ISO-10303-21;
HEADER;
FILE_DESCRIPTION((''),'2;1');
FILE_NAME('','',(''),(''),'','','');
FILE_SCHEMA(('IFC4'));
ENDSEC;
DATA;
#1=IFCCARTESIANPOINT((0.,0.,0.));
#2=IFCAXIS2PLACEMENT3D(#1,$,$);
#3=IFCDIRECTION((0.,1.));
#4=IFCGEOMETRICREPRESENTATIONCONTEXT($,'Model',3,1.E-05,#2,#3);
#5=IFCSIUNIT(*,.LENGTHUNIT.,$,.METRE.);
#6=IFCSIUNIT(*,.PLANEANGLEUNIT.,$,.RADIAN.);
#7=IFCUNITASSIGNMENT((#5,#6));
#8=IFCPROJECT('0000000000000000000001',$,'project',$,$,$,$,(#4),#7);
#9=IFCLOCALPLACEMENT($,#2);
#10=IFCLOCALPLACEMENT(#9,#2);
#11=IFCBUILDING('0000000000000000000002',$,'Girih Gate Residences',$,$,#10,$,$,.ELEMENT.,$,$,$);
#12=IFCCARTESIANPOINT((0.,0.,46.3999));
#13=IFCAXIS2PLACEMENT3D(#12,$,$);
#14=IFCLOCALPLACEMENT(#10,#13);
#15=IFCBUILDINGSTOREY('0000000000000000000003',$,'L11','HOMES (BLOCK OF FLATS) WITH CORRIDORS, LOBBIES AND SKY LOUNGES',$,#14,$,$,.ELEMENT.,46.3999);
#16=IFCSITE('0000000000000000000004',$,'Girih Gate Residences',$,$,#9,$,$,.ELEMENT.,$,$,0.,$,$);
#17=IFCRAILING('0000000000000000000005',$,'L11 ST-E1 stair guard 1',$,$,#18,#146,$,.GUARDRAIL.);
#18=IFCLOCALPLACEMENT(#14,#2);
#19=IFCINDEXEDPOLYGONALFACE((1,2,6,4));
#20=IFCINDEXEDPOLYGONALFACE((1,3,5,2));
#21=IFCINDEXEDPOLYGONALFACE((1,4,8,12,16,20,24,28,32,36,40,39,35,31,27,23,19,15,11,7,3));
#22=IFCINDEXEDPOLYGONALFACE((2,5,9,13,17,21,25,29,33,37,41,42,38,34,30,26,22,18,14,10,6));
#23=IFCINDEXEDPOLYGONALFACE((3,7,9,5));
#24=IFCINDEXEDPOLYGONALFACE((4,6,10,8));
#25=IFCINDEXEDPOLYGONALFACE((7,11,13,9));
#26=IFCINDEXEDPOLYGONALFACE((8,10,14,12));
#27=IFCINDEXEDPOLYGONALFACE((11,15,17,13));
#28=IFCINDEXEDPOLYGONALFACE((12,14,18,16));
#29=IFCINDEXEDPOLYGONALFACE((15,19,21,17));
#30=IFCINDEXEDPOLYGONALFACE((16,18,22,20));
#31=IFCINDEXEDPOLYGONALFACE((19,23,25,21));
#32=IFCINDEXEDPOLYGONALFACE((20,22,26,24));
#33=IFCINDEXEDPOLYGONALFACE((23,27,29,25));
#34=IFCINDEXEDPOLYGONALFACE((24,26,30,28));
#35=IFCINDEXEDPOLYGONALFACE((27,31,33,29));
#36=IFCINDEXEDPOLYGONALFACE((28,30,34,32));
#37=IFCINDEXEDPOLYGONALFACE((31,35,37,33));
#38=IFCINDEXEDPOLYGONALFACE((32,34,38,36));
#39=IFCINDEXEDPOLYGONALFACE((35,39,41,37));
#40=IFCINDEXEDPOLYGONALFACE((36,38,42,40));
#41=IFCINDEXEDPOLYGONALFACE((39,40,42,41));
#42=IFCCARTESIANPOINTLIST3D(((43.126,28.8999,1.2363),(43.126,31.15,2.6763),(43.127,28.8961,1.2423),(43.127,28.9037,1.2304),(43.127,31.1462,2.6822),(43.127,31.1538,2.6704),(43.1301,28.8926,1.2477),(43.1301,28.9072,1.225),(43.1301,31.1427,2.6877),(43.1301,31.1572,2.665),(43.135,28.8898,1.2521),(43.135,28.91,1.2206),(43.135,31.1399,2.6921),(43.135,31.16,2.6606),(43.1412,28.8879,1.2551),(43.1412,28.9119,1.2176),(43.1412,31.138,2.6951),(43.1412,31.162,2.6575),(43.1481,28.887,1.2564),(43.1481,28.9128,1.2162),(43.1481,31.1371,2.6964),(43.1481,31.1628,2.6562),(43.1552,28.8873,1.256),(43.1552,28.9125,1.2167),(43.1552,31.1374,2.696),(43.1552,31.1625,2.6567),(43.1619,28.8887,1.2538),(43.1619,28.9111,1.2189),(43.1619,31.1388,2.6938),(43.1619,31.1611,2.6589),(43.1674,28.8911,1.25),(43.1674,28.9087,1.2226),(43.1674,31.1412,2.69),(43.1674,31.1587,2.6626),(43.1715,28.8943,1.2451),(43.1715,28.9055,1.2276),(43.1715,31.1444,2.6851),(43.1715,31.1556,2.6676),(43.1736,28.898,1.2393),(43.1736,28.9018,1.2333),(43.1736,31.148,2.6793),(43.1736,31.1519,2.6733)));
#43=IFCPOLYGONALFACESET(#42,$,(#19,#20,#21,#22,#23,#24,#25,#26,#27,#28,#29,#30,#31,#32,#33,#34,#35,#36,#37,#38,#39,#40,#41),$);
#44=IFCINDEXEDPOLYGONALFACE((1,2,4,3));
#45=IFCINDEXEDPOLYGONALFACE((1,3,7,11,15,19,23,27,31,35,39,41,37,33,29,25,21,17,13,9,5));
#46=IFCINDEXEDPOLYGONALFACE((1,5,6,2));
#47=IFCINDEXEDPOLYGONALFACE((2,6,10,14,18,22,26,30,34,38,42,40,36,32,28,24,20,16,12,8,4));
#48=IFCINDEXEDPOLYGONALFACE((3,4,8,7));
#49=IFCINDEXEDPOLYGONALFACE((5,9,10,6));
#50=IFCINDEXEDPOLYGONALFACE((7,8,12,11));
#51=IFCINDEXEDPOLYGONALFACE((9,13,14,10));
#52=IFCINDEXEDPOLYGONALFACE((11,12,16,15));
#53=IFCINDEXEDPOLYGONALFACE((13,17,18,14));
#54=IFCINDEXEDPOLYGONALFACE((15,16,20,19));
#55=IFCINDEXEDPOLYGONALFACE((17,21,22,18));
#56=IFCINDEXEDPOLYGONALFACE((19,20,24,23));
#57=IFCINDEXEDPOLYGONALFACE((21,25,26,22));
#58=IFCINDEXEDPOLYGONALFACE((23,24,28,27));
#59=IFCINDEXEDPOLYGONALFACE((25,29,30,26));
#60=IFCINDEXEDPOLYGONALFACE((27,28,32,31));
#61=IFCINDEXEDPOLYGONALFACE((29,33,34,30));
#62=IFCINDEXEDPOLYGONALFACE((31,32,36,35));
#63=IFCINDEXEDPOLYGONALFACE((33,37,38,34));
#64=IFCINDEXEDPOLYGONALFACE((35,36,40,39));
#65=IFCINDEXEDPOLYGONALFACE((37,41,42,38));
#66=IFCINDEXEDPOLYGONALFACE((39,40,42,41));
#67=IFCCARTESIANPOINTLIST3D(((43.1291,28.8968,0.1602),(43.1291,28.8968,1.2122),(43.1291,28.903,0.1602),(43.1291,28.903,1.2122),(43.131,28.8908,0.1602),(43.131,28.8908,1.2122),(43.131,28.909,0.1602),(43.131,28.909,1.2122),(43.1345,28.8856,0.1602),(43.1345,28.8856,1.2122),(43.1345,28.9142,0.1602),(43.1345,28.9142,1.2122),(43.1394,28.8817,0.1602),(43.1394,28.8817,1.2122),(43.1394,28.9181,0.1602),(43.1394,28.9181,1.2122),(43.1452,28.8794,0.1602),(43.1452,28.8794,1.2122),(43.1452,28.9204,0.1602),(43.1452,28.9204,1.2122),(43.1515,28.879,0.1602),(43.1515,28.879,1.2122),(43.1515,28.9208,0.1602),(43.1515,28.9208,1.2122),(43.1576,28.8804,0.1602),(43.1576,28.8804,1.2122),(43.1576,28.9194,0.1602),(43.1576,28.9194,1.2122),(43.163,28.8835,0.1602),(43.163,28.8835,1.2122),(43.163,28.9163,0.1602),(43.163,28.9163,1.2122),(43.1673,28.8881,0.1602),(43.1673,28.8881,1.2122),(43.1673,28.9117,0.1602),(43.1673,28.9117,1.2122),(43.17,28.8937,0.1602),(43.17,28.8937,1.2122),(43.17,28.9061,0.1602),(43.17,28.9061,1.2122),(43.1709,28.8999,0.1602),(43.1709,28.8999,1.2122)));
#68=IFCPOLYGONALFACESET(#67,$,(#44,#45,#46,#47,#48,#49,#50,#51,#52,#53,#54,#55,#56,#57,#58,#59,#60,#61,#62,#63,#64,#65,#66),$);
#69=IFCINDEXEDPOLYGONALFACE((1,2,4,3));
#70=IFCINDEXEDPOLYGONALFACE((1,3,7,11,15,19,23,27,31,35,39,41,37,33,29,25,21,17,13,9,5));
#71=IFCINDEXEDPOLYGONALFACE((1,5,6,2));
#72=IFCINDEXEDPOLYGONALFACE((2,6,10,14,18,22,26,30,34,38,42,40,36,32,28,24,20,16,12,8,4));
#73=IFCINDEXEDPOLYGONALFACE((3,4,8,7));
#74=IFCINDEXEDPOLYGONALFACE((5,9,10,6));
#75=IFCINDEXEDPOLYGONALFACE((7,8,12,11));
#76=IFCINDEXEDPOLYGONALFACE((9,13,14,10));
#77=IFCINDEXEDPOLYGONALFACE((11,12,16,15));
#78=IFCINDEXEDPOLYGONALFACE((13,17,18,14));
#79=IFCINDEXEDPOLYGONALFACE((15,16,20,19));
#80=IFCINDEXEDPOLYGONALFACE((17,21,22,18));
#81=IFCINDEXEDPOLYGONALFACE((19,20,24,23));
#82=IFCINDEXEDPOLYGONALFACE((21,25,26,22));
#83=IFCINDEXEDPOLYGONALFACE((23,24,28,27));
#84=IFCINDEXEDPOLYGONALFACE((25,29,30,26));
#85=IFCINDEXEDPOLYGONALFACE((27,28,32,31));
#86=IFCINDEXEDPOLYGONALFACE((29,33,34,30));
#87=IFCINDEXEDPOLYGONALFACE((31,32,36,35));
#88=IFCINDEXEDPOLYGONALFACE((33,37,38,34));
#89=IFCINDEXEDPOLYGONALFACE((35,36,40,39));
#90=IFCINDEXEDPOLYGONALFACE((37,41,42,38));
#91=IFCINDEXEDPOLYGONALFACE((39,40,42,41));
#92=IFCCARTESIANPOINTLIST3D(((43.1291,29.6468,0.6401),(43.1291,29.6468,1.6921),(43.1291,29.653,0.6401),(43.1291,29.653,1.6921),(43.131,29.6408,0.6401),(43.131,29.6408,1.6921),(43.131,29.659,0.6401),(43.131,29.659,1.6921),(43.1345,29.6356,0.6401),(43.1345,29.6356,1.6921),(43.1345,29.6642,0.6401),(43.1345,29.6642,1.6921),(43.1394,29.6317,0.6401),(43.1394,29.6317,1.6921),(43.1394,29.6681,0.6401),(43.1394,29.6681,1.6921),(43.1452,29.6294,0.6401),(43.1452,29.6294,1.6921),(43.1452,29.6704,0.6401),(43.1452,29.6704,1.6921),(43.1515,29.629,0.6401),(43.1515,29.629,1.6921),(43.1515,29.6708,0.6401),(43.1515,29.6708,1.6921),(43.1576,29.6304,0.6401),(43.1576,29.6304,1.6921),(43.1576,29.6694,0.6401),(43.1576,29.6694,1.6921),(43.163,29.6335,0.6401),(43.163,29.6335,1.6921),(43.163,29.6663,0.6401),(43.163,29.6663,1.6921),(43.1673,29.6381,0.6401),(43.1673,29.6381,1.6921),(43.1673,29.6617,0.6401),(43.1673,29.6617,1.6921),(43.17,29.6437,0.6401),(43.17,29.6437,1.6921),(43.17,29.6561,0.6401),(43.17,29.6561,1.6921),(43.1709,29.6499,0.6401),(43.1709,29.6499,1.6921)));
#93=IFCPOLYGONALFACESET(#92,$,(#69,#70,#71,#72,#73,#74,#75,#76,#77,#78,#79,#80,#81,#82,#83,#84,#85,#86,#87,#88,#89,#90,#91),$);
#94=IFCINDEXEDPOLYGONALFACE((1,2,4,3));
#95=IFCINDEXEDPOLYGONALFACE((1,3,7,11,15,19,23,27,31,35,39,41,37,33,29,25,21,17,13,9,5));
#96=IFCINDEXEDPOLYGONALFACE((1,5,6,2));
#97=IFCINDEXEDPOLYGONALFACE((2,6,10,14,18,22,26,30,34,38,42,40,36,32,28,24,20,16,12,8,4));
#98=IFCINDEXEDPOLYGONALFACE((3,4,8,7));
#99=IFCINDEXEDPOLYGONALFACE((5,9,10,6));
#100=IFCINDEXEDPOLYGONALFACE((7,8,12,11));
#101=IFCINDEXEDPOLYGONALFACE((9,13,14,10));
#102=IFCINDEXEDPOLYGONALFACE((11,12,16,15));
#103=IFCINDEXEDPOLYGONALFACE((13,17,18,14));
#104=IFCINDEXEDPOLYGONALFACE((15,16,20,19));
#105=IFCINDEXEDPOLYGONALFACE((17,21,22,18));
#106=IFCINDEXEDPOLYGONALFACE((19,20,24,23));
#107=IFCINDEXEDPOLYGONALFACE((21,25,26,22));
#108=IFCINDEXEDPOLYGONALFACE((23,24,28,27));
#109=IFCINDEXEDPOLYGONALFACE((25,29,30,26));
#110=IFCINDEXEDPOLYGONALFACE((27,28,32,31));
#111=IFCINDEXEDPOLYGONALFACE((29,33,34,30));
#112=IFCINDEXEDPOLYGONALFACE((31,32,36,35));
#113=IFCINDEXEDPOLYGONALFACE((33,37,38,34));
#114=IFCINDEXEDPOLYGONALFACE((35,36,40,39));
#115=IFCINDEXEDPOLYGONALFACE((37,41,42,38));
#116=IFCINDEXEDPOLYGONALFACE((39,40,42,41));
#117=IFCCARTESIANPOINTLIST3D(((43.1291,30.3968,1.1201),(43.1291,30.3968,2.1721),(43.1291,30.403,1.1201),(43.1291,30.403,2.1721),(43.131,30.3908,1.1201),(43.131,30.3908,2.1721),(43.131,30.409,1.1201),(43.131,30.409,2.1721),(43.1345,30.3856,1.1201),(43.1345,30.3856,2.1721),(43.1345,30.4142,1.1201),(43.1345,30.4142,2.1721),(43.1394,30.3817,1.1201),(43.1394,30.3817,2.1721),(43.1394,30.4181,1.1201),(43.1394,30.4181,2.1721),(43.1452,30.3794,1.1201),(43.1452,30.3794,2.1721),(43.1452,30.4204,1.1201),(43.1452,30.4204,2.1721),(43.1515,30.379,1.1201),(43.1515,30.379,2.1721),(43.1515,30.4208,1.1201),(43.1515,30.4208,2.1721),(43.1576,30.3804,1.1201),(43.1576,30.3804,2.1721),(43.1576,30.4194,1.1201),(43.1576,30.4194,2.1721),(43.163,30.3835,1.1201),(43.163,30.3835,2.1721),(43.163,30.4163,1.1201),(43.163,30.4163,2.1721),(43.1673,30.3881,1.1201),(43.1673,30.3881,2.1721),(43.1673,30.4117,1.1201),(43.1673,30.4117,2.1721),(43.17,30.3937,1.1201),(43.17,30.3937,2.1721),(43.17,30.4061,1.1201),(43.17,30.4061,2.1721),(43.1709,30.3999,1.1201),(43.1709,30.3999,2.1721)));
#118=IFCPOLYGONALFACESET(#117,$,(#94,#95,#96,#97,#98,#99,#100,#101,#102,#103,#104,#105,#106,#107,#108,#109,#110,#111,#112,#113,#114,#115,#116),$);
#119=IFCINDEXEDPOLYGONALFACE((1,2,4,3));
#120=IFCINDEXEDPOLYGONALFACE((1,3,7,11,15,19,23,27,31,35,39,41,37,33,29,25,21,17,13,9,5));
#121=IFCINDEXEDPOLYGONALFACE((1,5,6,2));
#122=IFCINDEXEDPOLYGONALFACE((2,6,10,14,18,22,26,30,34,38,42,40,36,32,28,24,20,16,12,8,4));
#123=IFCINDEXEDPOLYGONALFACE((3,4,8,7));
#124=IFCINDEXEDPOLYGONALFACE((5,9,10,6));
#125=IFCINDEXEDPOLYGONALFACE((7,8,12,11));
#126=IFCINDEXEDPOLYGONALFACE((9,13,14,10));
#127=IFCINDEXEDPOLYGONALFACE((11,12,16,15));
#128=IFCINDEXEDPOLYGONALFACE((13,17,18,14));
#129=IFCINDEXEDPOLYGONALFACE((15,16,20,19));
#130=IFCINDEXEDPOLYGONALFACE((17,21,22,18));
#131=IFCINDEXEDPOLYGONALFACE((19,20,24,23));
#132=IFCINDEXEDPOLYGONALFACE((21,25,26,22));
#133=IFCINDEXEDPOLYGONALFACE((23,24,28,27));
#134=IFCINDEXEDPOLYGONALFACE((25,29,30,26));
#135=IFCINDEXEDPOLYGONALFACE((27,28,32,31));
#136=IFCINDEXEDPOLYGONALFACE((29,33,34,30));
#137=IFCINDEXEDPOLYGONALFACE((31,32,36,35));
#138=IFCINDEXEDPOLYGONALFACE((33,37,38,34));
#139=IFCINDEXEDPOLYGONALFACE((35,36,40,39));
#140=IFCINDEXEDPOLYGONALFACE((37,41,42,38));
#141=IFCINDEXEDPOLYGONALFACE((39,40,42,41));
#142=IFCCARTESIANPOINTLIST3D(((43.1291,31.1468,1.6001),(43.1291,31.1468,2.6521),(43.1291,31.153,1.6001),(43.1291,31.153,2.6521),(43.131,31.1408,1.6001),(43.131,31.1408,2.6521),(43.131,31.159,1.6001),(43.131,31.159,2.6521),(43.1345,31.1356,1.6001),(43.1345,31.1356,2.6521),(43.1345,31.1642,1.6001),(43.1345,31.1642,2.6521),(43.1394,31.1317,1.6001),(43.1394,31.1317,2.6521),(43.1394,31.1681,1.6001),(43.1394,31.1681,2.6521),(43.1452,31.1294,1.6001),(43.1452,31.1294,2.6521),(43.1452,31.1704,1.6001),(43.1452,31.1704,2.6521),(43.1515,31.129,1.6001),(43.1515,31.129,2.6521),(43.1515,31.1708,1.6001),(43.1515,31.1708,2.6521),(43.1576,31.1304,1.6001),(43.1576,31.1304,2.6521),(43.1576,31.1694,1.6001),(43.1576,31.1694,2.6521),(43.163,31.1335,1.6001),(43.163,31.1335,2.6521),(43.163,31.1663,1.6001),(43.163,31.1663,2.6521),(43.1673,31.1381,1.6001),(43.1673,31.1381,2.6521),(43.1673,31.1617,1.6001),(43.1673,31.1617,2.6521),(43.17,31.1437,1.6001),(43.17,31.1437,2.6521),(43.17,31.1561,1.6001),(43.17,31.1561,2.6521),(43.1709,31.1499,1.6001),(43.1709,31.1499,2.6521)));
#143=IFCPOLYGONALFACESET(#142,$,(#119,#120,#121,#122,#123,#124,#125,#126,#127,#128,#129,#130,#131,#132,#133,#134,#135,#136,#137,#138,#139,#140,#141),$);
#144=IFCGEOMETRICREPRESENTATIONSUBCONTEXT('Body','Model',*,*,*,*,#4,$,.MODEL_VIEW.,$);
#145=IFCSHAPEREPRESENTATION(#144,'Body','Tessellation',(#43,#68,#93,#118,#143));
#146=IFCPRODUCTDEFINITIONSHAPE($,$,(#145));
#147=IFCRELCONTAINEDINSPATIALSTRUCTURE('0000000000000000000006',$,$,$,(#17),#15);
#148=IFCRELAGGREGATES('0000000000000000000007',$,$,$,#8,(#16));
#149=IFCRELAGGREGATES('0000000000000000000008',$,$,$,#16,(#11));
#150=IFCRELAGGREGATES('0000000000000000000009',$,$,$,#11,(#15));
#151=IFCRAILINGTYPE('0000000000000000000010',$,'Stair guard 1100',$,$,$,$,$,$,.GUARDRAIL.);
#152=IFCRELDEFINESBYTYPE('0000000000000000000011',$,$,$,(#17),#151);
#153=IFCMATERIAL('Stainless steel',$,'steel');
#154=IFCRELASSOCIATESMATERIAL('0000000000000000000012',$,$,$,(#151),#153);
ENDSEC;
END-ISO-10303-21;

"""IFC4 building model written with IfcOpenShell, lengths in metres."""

from ifc_helpers import new_model, si_unit, direction, frame, origin, origin_2d, place, context, subcontext, project, spatial, circle, extrude, material, type_object, element, save


model = new_model("IFC4")

# Units and contexts
model_context = context("Model", 3, precision=1e-05, world=origin(), true_north=direction((0.0, 1.0)))
body_context = subcontext(model_context, "Body", "Model", "MODEL_VIEW")
ifc_project = project(units=[si_unit("LENGTHUNIT", "METRE"), si_unit("PLANEANGLEUNIT", "RADIAN")], contexts=[model_context])

# Site, building, storey
site_placement = place(None, origin())
site = spatial("IfcSite", under=ifc_project, at=site_placement, Name="Girih Gate Residences", CompositionType="ELEMENT", RefElevation=0.0)
building_placement = place(site_placement, origin())
building = spatial("IfcBuilding", under=site, at=building_placement, Name="Girih Gate Residences", CompositionType="ELEMENT")
storey_placement = place(building_placement, frame((0.0, 0.0, 46.3999)))
storey = spatial("IfcBuildingStorey", under=building, at=storey_placement, Name="L11", Description="HOMES (BLOCK OF FLATS) WITH CORRIDORS, LOBBIES AND SKY LOUNGES", CompositionType="ELEMENT", Elevation=46.3999)

# Railing
ifc_material_1 = material(Name="Stainless steel", Category="steel")
railing_type_1 = type_object("IfcRailingType", Name="Stair guard 1100", PredefinedType="GUARDRAIL", material=ifc_material_1)
railing_1_placement = place(storey_placement, frame((43.1499, 28.8999, 0.1602)))
element("IfcRailing", 1, at=railing_1_placement, inside=storey, type_object=railing_type_1, Name="L11 ST-E1 stair guard 1", PredefinedType="GUARDRAIL", context=body_context, shape_type="SweptSolid", body=[
    extrude(circle(Radius=0.0239, at=origin_2d()), frame((0.0, 0.0, 1.0762), z_axis=(0.0, 0.842281, 0.539038), x_axis=(-1.0, 0.0, 0.0)), (0.0, 0.0, 1.0), 2.6714),
    extrude(circle(Radius=0.021, at=origin_2d()), origin(), (0.0, 0.0, 1.0), 1.052),
    extrude(circle(Radius=0.021, at=origin_2d()), frame((0.0, 0.75, 0.48)), (0.0, 0.0, 1.0), 1.052),
    extrude(circle(Radius=0.021, at=origin_2d()), frame((0.0, 1.5, 0.96)), (0.0, 0.0, 1.0), 1.052),
    extrude(circle(Radius=0.021, at=origin_2d()), frame((0.0, 2.25, 1.4399)), (0.0, 0.0, 1.0), 1.052),
])

save(model, "model.ifc")
